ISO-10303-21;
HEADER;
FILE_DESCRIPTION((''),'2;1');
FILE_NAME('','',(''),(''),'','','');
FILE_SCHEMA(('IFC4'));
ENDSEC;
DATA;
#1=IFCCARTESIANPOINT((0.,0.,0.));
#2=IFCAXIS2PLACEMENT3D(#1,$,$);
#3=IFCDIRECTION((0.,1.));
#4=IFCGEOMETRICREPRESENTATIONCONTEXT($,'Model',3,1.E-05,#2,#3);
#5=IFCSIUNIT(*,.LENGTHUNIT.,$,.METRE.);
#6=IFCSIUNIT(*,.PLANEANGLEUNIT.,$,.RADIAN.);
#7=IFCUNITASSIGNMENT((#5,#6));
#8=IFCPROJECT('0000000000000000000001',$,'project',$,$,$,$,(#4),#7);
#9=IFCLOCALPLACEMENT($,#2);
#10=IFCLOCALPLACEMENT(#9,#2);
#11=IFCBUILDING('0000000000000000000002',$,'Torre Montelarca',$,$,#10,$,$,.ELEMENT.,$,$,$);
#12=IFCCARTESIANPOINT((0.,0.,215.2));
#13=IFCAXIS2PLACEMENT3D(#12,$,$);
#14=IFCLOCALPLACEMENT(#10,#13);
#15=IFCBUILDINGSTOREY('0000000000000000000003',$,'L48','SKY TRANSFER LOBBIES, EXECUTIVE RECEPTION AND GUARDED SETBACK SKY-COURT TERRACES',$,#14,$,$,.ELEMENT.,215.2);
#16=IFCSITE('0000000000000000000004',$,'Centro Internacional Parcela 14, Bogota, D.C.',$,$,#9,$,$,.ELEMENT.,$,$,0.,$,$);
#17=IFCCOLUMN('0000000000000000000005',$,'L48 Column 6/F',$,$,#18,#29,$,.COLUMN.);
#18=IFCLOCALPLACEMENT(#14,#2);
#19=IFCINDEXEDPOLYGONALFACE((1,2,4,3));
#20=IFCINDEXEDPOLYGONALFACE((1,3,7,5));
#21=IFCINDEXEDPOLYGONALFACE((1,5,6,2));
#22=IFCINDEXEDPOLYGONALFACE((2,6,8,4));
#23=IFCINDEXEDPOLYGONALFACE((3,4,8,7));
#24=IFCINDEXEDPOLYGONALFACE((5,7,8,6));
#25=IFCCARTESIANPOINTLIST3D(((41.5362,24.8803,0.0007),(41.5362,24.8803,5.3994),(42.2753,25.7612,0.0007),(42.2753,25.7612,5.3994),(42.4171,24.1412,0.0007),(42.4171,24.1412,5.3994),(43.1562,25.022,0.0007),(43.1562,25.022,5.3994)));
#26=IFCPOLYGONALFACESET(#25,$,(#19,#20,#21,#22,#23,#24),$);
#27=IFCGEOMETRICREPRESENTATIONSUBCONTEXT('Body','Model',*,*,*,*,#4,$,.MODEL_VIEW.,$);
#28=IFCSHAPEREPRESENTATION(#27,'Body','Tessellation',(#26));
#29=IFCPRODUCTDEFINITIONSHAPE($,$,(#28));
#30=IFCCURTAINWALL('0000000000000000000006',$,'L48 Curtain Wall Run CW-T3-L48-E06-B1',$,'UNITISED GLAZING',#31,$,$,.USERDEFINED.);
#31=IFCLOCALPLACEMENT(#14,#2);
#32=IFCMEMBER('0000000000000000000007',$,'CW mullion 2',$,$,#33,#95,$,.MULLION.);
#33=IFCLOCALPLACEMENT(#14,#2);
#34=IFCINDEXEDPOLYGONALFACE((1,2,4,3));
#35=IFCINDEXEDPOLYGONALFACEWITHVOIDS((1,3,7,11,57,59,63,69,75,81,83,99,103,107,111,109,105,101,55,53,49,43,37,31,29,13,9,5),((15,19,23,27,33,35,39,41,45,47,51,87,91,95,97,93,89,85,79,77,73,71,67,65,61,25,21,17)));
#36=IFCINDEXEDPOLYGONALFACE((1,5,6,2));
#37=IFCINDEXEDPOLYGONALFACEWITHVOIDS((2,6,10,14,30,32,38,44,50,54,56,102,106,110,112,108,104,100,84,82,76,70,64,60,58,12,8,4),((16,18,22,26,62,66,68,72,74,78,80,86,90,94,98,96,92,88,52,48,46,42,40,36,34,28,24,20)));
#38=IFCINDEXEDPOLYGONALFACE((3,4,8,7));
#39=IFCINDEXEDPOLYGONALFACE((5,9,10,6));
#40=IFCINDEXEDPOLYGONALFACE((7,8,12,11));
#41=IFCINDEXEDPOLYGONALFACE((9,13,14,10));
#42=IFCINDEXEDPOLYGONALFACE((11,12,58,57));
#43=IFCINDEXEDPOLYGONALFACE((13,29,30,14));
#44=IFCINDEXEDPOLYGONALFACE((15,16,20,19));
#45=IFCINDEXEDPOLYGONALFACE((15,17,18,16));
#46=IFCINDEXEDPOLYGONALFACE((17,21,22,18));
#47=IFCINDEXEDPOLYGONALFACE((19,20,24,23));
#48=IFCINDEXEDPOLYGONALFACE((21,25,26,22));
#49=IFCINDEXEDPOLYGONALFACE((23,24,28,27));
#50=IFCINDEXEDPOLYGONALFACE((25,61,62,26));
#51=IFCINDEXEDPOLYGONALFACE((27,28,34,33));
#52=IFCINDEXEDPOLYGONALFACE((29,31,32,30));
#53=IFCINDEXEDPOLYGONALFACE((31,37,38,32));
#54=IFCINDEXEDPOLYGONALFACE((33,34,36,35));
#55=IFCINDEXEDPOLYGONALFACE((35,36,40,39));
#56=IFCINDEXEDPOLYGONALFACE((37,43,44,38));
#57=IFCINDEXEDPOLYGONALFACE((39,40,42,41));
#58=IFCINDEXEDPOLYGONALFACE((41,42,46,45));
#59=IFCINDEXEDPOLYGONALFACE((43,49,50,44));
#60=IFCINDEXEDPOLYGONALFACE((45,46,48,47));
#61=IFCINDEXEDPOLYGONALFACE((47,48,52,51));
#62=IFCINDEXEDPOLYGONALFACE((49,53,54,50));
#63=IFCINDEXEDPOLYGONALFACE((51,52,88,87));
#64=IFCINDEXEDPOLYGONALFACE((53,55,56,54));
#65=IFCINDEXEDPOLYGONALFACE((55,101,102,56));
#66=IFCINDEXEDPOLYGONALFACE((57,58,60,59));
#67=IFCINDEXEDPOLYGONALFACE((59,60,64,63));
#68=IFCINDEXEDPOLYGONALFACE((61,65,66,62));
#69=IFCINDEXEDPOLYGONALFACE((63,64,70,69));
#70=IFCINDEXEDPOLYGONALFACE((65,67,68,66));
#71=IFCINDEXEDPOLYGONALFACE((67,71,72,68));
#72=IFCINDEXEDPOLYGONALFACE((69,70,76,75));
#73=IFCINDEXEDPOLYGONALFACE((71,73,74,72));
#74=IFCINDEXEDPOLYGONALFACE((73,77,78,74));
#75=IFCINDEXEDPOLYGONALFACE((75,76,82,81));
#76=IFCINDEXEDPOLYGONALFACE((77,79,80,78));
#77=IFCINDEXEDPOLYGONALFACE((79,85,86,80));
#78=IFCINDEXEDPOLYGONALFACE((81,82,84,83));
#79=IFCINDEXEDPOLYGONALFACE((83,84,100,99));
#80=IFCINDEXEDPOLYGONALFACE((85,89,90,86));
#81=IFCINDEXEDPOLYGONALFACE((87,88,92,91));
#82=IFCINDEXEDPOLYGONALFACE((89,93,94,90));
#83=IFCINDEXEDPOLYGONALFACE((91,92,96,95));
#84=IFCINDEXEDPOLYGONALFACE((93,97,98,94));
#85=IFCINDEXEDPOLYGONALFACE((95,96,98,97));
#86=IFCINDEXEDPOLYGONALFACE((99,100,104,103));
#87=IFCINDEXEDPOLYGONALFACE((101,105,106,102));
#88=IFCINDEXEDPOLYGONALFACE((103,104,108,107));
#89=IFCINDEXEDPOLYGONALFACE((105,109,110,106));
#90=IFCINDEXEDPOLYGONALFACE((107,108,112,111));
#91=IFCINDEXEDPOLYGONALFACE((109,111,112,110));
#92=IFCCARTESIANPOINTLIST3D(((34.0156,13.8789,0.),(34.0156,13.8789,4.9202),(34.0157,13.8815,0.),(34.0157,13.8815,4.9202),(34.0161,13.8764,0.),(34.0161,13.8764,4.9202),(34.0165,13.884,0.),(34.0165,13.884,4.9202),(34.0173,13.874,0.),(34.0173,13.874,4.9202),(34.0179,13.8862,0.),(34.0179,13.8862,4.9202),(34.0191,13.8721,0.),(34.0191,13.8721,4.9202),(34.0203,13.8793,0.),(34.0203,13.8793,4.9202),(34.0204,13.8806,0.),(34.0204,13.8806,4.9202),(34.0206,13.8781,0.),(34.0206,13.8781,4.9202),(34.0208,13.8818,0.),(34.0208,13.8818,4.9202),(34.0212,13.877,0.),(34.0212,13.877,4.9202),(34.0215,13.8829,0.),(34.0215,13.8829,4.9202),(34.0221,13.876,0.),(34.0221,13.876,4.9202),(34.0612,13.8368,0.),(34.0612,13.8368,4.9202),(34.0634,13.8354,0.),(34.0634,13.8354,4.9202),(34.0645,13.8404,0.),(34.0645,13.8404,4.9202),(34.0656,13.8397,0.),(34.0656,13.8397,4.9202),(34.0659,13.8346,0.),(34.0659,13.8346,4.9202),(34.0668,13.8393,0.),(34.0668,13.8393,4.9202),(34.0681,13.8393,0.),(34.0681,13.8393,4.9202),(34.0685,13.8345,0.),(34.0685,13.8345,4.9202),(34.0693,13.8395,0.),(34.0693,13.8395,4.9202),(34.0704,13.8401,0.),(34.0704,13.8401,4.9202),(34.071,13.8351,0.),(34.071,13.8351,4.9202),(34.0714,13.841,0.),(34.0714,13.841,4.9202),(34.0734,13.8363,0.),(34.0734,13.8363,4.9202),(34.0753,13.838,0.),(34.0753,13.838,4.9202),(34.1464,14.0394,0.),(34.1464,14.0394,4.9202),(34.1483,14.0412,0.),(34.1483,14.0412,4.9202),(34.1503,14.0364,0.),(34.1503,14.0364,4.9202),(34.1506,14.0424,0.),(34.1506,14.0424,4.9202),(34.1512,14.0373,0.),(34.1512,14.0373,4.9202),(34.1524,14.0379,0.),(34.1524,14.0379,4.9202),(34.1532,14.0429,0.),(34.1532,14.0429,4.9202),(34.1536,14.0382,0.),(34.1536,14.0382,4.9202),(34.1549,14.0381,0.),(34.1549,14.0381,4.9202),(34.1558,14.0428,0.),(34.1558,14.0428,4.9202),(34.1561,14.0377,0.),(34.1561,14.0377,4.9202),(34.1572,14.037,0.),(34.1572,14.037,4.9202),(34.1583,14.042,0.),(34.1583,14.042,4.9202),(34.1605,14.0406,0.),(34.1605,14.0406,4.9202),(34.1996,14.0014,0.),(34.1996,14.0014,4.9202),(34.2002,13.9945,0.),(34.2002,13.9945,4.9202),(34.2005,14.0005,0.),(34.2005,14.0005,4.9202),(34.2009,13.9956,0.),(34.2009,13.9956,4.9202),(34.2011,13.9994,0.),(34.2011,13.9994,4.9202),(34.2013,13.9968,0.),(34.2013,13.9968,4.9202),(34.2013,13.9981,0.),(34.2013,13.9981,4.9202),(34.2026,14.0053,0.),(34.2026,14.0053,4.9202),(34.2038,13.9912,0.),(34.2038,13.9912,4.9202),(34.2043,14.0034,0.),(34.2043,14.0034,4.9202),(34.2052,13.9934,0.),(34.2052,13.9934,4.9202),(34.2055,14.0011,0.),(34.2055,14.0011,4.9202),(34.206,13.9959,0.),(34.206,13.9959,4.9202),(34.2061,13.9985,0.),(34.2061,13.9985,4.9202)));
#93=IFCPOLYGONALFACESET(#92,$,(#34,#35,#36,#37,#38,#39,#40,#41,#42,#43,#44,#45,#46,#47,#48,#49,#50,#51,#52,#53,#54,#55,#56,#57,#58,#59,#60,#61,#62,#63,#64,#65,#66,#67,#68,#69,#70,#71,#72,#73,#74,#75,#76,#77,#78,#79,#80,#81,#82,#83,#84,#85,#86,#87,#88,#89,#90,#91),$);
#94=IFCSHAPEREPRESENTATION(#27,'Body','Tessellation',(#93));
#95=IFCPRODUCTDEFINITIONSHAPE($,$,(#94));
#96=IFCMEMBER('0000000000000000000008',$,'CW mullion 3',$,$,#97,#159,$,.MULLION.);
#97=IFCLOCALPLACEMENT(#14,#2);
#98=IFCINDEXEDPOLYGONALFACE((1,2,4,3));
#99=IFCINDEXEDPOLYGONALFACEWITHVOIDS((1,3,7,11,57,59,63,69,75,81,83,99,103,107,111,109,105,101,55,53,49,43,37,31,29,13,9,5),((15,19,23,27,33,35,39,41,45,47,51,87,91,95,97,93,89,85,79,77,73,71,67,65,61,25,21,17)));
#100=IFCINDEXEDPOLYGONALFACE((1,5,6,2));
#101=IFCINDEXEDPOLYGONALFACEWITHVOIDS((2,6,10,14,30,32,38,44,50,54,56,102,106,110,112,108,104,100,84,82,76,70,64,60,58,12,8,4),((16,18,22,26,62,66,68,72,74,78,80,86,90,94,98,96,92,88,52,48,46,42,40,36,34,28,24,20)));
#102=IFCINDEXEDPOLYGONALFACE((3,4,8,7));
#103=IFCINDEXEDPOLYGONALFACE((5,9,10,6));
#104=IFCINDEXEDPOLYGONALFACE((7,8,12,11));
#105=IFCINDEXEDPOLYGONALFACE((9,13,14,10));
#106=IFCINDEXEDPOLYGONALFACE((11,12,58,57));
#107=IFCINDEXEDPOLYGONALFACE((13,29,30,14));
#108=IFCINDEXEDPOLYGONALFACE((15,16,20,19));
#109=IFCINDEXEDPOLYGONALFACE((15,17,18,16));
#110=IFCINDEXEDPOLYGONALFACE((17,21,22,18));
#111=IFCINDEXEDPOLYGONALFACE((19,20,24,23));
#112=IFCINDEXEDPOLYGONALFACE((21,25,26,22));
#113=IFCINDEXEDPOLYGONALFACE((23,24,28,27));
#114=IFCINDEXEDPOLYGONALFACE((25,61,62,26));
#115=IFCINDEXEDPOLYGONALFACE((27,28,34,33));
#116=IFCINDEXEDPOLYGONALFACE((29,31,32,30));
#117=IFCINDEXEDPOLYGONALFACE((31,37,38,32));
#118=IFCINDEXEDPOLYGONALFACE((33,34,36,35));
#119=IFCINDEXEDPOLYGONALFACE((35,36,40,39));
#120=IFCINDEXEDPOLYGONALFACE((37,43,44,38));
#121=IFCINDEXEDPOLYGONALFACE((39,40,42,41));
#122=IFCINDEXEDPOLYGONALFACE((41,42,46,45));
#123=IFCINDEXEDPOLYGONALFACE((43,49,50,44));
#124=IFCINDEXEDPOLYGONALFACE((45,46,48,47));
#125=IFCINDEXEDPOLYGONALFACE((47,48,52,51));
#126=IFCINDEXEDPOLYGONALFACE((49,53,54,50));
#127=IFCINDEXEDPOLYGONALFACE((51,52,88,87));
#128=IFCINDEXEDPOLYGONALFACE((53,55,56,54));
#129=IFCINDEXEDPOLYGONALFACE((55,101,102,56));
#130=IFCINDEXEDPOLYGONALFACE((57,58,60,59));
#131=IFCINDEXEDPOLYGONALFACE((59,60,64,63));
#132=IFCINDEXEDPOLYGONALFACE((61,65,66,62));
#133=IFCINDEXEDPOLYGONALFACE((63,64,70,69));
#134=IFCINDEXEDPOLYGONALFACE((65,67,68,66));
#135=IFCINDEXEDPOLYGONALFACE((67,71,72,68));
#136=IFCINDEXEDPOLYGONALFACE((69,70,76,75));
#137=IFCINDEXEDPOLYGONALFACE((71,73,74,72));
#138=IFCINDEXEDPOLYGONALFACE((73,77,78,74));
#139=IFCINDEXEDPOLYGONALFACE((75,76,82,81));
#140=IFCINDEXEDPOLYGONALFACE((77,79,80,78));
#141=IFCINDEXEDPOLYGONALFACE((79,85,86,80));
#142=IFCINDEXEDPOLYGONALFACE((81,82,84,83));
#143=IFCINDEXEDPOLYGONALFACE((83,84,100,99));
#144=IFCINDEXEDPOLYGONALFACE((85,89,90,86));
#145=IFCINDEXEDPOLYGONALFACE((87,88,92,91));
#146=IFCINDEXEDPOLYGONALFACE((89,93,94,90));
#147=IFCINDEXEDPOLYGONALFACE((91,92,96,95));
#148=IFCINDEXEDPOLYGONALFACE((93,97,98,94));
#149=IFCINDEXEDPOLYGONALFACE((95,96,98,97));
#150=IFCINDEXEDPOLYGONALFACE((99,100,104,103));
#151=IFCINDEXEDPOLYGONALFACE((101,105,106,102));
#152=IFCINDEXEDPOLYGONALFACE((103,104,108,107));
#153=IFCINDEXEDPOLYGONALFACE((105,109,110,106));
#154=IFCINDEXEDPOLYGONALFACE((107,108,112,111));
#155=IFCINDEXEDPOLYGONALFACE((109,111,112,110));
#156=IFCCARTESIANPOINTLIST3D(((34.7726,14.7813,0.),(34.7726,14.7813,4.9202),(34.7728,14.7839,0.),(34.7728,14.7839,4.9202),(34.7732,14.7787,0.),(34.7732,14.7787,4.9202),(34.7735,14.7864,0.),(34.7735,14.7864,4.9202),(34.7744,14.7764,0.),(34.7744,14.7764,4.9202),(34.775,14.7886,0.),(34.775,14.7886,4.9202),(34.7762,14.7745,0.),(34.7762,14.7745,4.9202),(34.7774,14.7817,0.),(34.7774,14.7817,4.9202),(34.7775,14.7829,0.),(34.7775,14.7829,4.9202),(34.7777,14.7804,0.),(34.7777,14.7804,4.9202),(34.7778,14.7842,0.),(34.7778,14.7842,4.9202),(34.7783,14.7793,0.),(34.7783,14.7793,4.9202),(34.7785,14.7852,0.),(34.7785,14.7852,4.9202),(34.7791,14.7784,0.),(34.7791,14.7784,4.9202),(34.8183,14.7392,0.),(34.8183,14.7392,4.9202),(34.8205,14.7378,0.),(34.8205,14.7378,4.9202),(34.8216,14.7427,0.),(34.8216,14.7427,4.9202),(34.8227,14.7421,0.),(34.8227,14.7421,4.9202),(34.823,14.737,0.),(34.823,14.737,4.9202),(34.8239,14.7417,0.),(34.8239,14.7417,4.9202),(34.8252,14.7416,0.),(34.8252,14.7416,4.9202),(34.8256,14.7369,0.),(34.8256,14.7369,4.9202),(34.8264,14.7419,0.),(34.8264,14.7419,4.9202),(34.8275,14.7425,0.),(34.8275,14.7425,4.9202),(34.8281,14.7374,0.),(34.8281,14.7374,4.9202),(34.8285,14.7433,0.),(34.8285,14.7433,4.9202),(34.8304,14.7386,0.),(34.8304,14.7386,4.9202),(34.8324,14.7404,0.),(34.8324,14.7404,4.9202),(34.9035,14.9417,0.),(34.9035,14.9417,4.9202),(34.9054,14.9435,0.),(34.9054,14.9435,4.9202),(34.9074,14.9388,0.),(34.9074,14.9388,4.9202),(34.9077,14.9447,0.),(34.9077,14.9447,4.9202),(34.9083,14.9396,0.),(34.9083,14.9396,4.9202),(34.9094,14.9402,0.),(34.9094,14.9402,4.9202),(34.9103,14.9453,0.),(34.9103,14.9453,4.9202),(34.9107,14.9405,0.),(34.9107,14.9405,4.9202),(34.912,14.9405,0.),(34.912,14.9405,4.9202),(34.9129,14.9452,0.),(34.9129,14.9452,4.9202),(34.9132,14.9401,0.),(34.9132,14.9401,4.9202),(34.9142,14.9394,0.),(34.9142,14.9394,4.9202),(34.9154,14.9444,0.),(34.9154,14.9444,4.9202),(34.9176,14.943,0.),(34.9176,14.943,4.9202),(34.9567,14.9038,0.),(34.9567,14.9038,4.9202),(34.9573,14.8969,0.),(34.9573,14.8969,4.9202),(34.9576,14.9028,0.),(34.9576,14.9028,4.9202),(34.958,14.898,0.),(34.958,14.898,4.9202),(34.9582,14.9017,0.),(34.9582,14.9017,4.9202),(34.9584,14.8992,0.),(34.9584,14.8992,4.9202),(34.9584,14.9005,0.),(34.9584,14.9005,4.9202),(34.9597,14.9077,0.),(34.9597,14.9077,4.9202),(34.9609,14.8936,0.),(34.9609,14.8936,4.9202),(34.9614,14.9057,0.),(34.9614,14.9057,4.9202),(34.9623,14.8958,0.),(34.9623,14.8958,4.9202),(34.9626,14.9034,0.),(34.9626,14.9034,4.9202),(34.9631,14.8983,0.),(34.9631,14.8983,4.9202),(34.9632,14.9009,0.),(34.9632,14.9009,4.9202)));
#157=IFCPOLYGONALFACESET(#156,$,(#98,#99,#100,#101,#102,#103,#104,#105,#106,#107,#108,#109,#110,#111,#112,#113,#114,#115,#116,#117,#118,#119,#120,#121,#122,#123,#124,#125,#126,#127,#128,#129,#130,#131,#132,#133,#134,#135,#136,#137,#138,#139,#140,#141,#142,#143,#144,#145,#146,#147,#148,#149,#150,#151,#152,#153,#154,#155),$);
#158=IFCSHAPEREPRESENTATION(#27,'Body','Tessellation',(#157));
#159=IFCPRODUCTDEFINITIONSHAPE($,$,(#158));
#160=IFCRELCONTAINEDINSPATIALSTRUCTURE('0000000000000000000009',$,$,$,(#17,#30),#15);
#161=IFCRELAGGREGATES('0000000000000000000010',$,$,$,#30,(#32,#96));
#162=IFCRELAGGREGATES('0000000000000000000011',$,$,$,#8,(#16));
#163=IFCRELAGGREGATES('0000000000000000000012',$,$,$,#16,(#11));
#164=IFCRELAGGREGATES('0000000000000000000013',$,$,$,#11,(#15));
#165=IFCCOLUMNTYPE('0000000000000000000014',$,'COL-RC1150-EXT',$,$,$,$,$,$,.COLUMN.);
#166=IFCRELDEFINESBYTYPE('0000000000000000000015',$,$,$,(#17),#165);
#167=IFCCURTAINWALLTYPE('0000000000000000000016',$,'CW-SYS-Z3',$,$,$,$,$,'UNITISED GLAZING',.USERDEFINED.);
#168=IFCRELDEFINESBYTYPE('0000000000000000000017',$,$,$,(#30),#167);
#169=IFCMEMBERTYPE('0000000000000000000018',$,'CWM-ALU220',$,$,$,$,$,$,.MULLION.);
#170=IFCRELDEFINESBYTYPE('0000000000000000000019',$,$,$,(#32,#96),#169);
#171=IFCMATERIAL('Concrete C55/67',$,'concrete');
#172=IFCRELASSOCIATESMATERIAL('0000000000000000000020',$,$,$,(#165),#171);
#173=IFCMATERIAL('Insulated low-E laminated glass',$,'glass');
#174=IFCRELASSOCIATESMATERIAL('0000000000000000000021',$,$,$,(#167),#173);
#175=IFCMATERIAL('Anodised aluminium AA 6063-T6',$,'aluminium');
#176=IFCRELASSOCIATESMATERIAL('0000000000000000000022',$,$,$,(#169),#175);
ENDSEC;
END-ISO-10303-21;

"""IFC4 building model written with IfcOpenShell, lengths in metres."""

from ifc_helpers import new_model, si_unit, direction, frame, origin, origin_2d, place, context, subcontext, project, spatial, rectangle, hollow_rectangle, extrude, source, transform, mapped, material, material_profile, profile_set, type_object, element, aggregate, save


model = new_model("IFC4")

# Units and contexts
model_context = context("Model", 3, precision=1e-05, world=origin(), true_north=direction((0.0, 1.0)))
body_context = subcontext(model_context, "Body", "Model", "MODEL_VIEW")
ifc_project = project(units=[si_unit("LENGTHUNIT", "METRE"), si_unit("PLANEANGLEUNIT", "RADIAN")], contexts=[model_context])

# Site, building, storey
site_placement = place(None, origin())
site = spatial("IfcSite", under=ifc_project, at=site_placement, Name="Centro Internacional Parcela 14, Bogota, D.C.", CompositionType="ELEMENT", RefElevation=0.0)
building_placement = place(site_placement, origin())
building = spatial("IfcBuilding", under=site, at=building_placement, Name="Torre Montelarca", CompositionType="ELEMENT")
storey_placement = place(building_placement, frame((0.0, 0.0, 215.2)))
storey = spatial("IfcBuildingStorey", under=building, at=storey_placement, Name="L48", Description="SKY TRANSFER LOBBIES, EXECUTIVE RECEPTION AND GUARDED SETBACK SKY-COURT TERRACES", CompositionType="ELEMENT", Elevation=215.2)

# Column
ifc_material_1 = material(Name="Concrete C55/67", Category="concrete")
ifc_material_profile_1 = material_profile(ifc_material_1, rectangle(XDim=1.1499, YDim=1.1499, at=origin_2d()), Name="RC1150X1150", Category="concrete")
ifc_profile_set_1 = profile_set([ifc_material_profile_1], Name="Concrete C55/67")
column_type = type_object("IfcColumnType", Name="COL-RC1150-EXT", PredefinedType="COLUMN", material=ifc_profile_set_1)
shared_shape_1 = source(origin(), body_context, "Body", "SweptSolid", [
    extrude(rectangle(XDim=1.1499, YDim=1.1499, at=origin_2d()), origin(), (0.0, 0.0, 1.0), 5.3987),
])
column_placement = place(storey_placement, frame((42.3462, 24.9512, 0.0007), z_axis=(0.0, 0.0, 1.0), x_axis=(-0.766044, 0.642788, 0.0)))
element("IfcColumn", 1, at=column_placement, inside=storey, type_object=column_type, Name="L48 Column 6/F", PredefinedType="COLUMN", context=body_context, shape_type="MappedRepresentation", body=[
    mapped(shared_shape_1, transform((0.0, 0.0, 0.0), scale=1.0)),
])

# Curtain wall, members
ifc_material_2 = material(Name="Insulated low-E laminated glass", Category="glass")
curtain_wall_type = type_object("IfcCurtainWallType", Name="CW-SYS-Z3", ElementType="UNITISED GLAZING", PredefinedType="USERDEFINED", material=ifc_material_2)
curtain_wall_1_placement = place(storey_placement, origin())
curtain_wall_1 = element("IfcCurtainWall", 2, at=curtain_wall_1_placement, inside=storey, type_object=curtain_wall_type, Name="L48 Curtain Wall Run CW-T3-L48-E06-B1", ObjectType="UNITISED GLAZING", PredefinedType="USERDEFINED")
ifc_material_3 = material(Name="Anodised aluminium AA 6063-T6", Category="aluminium")
ifc_material_profile_2 = material_profile(ifc_material_3, hollow_rectangle(XDim=0.075, YDim=0.22, WallThickness=0.0049, InnerFilletRadius=0.0049, OuterFilletRadius=0.01, at=origin_2d()), Name="ALU75X220X5", Category="aluminium")
ifc_profile_set_2 = profile_set([ifc_material_profile_2], Name="Anodised aluminium AA 6063-T6")
member_type_1 = type_object("IfcMemberType", Name="CWM-ALU220", PredefinedType="MULLION", material=ifc_profile_set_2)
shared_shape_2 = source(origin(), body_context, "Body", "SweptSolid", [
    extrude(hollow_rectangle(XDim=0.075, YDim=0.22, WallThickness=0.0049, InnerFilletRadius=0.0049, OuterFilletRadius=0.01, at=origin_2d()), origin(), (0.0, 0.0, 1.0), 4.9202),
])
member_1_placement = place(storey_placement, frame((34.1108, 13.9387, 0.0), z_axis=(0.0, 0.0, 1.0), x_axis=(-0.766059, 0.64277, 0.0)))
member_1 = element("IfcMember", 3, at=member_1_placement, type_object=member_type_1, Name="CW mullion 2", PredefinedType="MULLION", context=body_context, shape_type="MappedRepresentation", body=[
    mapped(shared_shape_2, transform((0.0, 0.0, 0.0), scale=1.0)),
])
member_2_placement = place(storey_placement, frame((34.8679, 14.8411, 0.0), z_axis=(0.0, 0.0, 1.0), x_axis=(-0.766059, 0.64277, 0.0)))
member_2 = element("IfcMember", 4, at=member_2_placement, type_object=member_type_1, Name="CW mullion 3", PredefinedType="MULLION", context=body_context, shape_type="MappedRepresentation", body=[
    mapped(shared_shape_2, transform((0.0, 0.0, 0.0), scale=1.0)),
])

aggregate(curtain_wall_1, [member_1, member_2])

save(model, "model.ifc")
